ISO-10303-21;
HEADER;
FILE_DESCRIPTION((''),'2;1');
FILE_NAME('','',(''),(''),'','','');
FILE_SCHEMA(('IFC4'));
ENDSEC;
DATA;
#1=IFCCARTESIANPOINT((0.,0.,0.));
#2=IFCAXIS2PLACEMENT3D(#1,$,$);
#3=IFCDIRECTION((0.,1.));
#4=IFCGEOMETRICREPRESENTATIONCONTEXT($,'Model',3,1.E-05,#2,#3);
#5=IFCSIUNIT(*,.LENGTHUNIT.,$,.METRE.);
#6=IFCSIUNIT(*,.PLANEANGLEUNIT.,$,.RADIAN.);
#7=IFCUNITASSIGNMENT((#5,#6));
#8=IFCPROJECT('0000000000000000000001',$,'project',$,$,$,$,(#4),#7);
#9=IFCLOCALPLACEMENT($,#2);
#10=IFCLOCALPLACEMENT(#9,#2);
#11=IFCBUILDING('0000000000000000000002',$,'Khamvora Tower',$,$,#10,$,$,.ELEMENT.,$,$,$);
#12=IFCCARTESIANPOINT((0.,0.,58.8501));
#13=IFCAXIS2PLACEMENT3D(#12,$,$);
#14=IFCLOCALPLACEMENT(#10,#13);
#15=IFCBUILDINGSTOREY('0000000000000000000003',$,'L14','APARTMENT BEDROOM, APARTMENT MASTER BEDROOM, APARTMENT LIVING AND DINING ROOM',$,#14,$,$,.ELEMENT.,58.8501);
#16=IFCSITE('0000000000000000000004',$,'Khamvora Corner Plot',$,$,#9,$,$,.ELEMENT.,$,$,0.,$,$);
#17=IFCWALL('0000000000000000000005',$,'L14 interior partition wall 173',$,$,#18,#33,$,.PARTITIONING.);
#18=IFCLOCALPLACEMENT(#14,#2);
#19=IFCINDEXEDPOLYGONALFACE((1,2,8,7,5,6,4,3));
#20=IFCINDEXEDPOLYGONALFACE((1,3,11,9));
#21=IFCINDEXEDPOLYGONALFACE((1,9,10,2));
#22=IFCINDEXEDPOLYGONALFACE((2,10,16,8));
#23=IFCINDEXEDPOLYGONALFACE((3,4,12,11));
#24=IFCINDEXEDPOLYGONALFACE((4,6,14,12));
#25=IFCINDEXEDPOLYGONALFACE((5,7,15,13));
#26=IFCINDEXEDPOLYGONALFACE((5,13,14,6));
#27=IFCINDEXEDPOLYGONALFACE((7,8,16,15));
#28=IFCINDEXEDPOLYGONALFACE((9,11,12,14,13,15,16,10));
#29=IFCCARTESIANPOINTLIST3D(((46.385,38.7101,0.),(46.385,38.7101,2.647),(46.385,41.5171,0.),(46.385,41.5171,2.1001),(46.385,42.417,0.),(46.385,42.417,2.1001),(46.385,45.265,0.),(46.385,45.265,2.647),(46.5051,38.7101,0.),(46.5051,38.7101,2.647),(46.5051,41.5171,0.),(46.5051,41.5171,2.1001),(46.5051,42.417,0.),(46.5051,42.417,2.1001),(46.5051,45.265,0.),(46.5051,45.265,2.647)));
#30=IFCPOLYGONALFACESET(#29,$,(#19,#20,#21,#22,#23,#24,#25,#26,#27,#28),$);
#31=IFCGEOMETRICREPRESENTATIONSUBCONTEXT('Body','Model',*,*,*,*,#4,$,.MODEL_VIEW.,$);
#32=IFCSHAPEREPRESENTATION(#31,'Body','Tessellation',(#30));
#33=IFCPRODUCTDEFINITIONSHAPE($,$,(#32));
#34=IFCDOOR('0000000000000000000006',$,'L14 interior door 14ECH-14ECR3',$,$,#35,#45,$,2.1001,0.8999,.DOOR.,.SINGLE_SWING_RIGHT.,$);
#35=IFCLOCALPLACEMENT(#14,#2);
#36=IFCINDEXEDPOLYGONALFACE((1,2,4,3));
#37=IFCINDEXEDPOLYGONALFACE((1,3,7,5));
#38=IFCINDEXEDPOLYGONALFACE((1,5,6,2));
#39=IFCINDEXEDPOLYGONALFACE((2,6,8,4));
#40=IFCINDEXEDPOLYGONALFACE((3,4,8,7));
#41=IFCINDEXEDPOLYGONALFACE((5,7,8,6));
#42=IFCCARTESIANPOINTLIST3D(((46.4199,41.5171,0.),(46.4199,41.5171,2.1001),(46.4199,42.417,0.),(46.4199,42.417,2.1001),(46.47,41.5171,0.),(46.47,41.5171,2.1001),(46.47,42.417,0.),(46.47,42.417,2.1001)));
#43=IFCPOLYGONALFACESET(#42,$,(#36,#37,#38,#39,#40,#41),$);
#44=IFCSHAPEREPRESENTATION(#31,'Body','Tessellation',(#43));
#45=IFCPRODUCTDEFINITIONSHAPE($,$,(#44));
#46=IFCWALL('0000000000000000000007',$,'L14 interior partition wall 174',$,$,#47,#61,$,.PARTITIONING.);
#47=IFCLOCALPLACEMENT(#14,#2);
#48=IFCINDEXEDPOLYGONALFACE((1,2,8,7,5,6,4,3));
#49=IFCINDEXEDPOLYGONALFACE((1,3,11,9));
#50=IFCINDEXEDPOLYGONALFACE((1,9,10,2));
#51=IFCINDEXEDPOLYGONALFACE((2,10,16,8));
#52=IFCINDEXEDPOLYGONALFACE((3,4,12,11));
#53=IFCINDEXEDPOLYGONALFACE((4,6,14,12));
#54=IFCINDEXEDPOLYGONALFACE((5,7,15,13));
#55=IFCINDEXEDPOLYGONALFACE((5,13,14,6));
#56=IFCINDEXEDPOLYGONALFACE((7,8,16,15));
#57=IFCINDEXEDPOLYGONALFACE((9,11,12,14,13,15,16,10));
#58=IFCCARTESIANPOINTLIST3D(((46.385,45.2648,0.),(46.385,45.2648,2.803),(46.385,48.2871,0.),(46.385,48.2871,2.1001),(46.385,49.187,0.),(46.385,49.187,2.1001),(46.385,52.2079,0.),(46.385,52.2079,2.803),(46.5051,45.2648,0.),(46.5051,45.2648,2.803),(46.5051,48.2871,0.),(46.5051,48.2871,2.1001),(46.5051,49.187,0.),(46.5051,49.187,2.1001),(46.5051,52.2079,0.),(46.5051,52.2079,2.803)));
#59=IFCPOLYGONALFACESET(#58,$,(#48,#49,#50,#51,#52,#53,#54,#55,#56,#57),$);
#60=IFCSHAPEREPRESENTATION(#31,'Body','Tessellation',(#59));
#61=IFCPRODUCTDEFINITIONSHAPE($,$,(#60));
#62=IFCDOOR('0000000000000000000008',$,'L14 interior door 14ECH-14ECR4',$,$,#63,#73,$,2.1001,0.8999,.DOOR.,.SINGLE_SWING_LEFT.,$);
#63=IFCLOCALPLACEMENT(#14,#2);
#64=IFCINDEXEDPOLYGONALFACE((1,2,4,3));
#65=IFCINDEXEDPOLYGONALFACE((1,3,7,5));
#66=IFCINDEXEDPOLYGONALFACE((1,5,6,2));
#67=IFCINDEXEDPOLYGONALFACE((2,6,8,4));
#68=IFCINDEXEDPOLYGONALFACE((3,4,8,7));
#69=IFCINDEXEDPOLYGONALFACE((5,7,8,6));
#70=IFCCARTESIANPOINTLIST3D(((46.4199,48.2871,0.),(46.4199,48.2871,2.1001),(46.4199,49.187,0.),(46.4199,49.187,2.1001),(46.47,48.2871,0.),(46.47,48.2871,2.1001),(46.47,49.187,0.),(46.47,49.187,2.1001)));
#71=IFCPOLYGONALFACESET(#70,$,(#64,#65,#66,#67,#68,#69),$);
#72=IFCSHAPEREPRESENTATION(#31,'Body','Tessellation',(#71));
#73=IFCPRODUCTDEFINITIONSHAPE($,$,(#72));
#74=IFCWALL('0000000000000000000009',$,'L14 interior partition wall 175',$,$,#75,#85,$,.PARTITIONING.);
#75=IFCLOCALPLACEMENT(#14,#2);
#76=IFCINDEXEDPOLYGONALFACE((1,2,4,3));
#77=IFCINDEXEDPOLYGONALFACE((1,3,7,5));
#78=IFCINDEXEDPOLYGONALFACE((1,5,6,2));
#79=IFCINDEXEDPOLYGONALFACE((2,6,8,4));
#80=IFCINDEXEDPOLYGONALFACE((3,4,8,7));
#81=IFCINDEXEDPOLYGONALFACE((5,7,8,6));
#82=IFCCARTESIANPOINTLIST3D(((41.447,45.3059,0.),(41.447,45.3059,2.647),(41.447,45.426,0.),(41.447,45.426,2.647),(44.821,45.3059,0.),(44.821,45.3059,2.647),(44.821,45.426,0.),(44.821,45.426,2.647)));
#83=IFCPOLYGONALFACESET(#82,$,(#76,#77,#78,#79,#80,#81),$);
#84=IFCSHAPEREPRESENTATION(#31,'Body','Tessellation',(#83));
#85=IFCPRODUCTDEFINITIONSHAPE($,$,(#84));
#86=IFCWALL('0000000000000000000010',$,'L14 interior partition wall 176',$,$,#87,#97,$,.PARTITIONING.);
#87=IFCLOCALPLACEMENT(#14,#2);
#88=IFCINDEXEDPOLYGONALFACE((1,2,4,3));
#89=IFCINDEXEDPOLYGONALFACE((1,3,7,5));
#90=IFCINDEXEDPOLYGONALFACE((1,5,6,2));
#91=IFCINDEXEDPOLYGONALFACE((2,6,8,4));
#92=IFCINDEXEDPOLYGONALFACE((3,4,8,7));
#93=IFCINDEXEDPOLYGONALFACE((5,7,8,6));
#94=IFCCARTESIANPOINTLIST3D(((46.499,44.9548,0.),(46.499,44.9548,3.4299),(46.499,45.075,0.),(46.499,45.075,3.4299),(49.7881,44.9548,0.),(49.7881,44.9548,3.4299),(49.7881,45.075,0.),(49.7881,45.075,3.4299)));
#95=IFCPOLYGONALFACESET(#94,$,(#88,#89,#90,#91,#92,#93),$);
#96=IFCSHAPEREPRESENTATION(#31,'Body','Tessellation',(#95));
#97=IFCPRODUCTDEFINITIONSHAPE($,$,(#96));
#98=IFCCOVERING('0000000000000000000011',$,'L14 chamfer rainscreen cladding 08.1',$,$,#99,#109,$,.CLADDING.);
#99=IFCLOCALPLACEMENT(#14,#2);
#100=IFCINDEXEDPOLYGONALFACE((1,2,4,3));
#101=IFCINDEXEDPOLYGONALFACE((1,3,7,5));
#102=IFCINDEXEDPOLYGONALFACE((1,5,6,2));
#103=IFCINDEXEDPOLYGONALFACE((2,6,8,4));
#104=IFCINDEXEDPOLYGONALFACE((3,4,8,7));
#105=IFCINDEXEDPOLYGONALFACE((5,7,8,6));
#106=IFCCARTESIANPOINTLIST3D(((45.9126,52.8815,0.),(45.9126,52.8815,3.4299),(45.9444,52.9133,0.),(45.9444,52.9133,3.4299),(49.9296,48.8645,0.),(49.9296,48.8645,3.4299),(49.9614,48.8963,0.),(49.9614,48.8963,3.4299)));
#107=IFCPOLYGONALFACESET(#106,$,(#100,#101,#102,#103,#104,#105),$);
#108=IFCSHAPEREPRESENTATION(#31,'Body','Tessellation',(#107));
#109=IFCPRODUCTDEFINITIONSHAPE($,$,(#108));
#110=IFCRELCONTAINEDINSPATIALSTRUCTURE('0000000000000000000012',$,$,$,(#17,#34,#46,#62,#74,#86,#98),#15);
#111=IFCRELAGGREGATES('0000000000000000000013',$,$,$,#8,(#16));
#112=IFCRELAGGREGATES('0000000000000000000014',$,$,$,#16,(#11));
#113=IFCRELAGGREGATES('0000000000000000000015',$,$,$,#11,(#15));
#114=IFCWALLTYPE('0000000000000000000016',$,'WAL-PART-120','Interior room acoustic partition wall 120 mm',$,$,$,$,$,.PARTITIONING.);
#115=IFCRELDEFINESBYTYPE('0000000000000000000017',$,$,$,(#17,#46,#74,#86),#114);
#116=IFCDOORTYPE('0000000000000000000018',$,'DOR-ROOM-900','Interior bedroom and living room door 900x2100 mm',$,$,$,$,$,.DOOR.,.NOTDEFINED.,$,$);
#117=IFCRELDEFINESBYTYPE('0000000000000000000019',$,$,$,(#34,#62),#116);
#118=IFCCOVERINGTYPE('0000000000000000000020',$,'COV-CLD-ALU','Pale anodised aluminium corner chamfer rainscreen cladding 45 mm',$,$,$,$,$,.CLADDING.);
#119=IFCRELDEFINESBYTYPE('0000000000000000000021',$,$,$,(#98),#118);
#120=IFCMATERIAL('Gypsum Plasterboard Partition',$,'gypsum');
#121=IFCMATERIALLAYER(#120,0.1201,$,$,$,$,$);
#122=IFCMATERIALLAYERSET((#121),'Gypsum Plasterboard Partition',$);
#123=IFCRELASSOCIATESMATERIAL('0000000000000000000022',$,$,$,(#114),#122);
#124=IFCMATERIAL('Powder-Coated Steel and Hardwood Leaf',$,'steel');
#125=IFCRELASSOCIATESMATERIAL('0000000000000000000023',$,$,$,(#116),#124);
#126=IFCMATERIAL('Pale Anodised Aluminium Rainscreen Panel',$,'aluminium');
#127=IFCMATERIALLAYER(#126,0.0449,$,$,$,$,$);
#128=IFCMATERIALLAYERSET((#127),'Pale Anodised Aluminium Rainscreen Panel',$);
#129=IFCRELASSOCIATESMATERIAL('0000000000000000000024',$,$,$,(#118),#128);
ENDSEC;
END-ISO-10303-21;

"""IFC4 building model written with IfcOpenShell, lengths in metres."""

from ifc_helpers import new_model, si_unit, direction, frame, frame_2d, origin, origin_2d, place, context, subcontext, project, spatial, rectangle, extrude, material, layer, layer_set, type_object, element, fill, save


model = new_model("IFC4")

# Units and contexts
model_context = context("Model", 3, precision=1e-05, world=origin(), true_north=direction((0.0, 1.0)))
body_context = subcontext(model_context, "Body", "Model", "MODEL_VIEW")
ifc_project = project(units=[si_unit("LENGTHUNIT", "METRE"), si_unit("PLANEANGLEUNIT", "RADIAN")], contexts=[model_context])

# Site, building, storey
site_placement = place(None, origin())
site = spatial("IfcSite", under=ifc_project, at=site_placement, Name="Khamvora Corner Plot", CompositionType="ELEMENT", RefElevation=0.0)
building_placement = place(site_placement, origin())
building = spatial("IfcBuilding", under=site, at=building_placement, Name="Khamvora Tower", CompositionType="ELEMENT")
storey_placement = place(building_placement, frame((0.0, 0.0, 58.8501)))
storey = spatial("IfcBuildingStorey", under=building, at=storey_placement, Name="L14", Description="APARTMENT BEDROOM, APARTMENT MASTER BEDROOM, APARTMENT LIVING AND DINING ROOM", CompositionType="ELEMENT", Elevation=58.8501)

# Shared definitions
ifc_material_1 = material(Name="Gypsum Plasterboard Partition", Category="gypsum")
ifc_layer_1 = layer(ifc_material_1, 0.1201)
ifc_layer_set_1 = layer_set([ifc_layer_1], Name="Gypsum Plasterboard Partition")
wall_type_1 = type_object("IfcWallType", Name="WAL-PART-120", Description="Interior room acoustic partition wall 120 mm", PredefinedType="PARTITIONING", material=ifc_layer_set_1)

# Shared definitions
ifc_material_2 = material(Name="Powder-Coated Steel and Hardwood Leaf", Category="steel")
door_type = type_object("IfcDoorType", Name="DOR-ROOM-900", Description="Interior bedroom and living room door 900x2100 mm", OperationType="NOTDEFINED", PredefinedType="DOOR", material=ifc_material_2)

# Walls, openings, doors
wall_1_placement = place(storey_placement, frame((46.4451, 45.2649, 0.0), z_axis=(0.0, 0.0, 1.0), x_axis=(0.0, -1.0, 0.0)))
wall_1 = element("IfcWall", 1, at=wall_1_placement, inside=storey, type_object=wall_type_1, Name="L14 interior partition wall 173", PredefinedType="PARTITIONING", context=body_context, shape_type="SweptSolid", body=[
    extrude(rectangle(XDim=6.5549, YDim=0.1201, at=frame_2d((3.2773, 0.0))), origin(), (0.0, 0.0, 1.0), 2.647),
])
opening_1_placement = place(wall_1_placement, frame((2.8479, 0.0, 0.0)))
opening_1 = element("IfcOpeningElement", 2, at=opening_1_placement, cuts=wall_1, PredefinedType="OPENING", context=body_context, shape_type="SweptSolid", body=[
    extrude(rectangle(XDim=0.8999, YDim=2.1001, at=frame_2d((0.45, 1.05))), frame((0.0, 0.0701, 0.0), z_axis=(0.0, -1.0, 0.0), x_axis=(1.0, 0.0, 0.0)), (0.0, 0.0, 1.0), 0.1401),
])
door_1_placement = place(opening_1_placement, origin())
door_1 = element("IfcDoor", 3, at=door_1_placement, inside=storey, type_object=door_type, Name="L14 interior door 14ECH-14ECR3", OperationType="SINGLE_SWING_RIGHT", OverallHeight=2.1001, OverallWidth=0.8999, PredefinedType="DOOR", context=body_context, shape_type="SweptSolid", body=[
    extrude(rectangle(XDim=0.8999, YDim=2.1001, at=frame_2d((0.45, 1.05))), frame((0.0, 0.0249, 0.0), z_axis=(0.0, -1.0, 0.0), x_axis=(1.0, 0.0, 0.0)), (0.0, 0.0, 1.0), 0.05),
])
fill(opening_1, door_1)
wall_2_placement = place(storey_placement, frame((46.4451, 52.208, 0.0), z_axis=(0.0, 0.0, 1.0), x_axis=(0.0, -1.0, 0.0)))
wall_2 = element("IfcWall", 4, at=wall_2_placement, inside=storey, type_object=wall_type_1, Name="L14 interior partition wall 174", PredefinedType="PARTITIONING", context=body_context, shape_type="SweptSolid", body=[
    extrude(rectangle(XDim=6.9431, YDim=0.1201, at=frame_2d((3.4717, 0.0))), origin(), (0.0, 0.0, 1.0), 2.803),
])
opening_2_placement = place(wall_2_placement, frame((3.021, 0.0, 0.0)))
opening_2 = element("IfcOpeningElement", 5, at=opening_2_placement, cuts=wall_2, PredefinedType="OPENING", context=body_context, shape_type="SweptSolid", body=[
    extrude(rectangle(XDim=0.8999, YDim=2.1001, at=frame_2d((0.45, 1.05))), frame((0.0, 0.0701, 0.0), z_axis=(0.0, -1.0, 0.0), x_axis=(1.0, 0.0, 0.0)), (0.0, 0.0, 1.0), 0.1401),
])
door_2_placement = place(opening_2_placement, origin())
door_2 = element("IfcDoor", 6, at=door_2_placement, inside=storey, type_object=door_type, Name="L14 interior door 14ECH-14ECR4", OperationType="SINGLE_SWING_LEFT", OverallHeight=2.1001, OverallWidth=0.8999, PredefinedType="DOOR", context=body_context, shape_type="SweptSolid", body=[
    extrude(rectangle(XDim=0.8999, YDim=2.1001, at=frame_2d((0.45, 1.05))), frame((0.0, 0.0249, 0.0), z_axis=(0.0, -1.0, 0.0), x_axis=(1.0, 0.0, 0.0)), (0.0, 0.0, 1.0), 0.05),
])
fill(opening_2, door_2)

# Walls
wall_3_placement = place(storey_placement, frame((41.447, 45.366, 0.0), z_axis=(0.0, 0.0, 1.0), x_axis=(1.0, 0.0, 0.0)))
element("IfcWall", 7, at=wall_3_placement, inside=storey, type_object=wall_type_1, Name="L14 interior partition wall 175", PredefinedType="PARTITIONING", context=body_context, shape_type="SweptSolid", body=[
    extrude(rectangle(XDim=3.374, YDim=0.1201, at=frame_2d((1.687, 0.0))), origin(), (0.0, 0.0, 1.0), 2.647),
])
wall_4_placement = place(storey_placement, frame((46.499, 45.0149, 0.0), z_axis=(0.0, 0.0, 1.0), x_axis=(1.0, 0.0, 0.0)))
element("IfcWall", 8, at=wall_4_placement, inside=storey, type_object=wall_type_1, Name="L14 interior partition wall 176", PredefinedType="PARTITIONING", context=body_context, shape_type="SweptSolid", body=[
    extrude(rectangle(XDim=3.2891, YDim=0.1201, at=frame_2d((1.6445, 0.0))), origin(), (0.0, 0.0, 1.0), 3.4299),
])

# Covering
ifc_material_3 = material(Name="Pale Anodised Aluminium Rainscreen Panel", Category="aluminium")
ifc_layer_2 = layer(ifc_material_3, 0.0449)
ifc_layer_set_2 = layer_set([ifc_layer_2], Name="Pale Anodised Aluminium Rainscreen Panel")
covering_type = type_object("IfcCoveringType", Name="COV-CLD-ALU", Description="Pale anodised aluminium corner chamfer rainscreen cladding 45 mm", PredefinedType="CLADDING", material=ifc_layer_set_2)
covering_placement = place(storey_placement, frame((47.937, 50.8889, 0.0), z_axis=(0.0, 0.0, 1.0), x_axis=(0.707107, -0.707107, 0.0)))
element("IfcCovering", 9, at=covering_placement, inside=storey, type_object=covering_type, Name="L14 chamfer rainscreen cladding 08.1", PredefinedType="CLADDING", context=body_context, shape_type="SweptSolid", body=[
    extrude(rectangle(XDim=5.6809, YDim=0.0449, at=origin_2d()), origin(), (0.0, 0.0, 1.0), 3.4299),
])

save(model, "model.ifc")
